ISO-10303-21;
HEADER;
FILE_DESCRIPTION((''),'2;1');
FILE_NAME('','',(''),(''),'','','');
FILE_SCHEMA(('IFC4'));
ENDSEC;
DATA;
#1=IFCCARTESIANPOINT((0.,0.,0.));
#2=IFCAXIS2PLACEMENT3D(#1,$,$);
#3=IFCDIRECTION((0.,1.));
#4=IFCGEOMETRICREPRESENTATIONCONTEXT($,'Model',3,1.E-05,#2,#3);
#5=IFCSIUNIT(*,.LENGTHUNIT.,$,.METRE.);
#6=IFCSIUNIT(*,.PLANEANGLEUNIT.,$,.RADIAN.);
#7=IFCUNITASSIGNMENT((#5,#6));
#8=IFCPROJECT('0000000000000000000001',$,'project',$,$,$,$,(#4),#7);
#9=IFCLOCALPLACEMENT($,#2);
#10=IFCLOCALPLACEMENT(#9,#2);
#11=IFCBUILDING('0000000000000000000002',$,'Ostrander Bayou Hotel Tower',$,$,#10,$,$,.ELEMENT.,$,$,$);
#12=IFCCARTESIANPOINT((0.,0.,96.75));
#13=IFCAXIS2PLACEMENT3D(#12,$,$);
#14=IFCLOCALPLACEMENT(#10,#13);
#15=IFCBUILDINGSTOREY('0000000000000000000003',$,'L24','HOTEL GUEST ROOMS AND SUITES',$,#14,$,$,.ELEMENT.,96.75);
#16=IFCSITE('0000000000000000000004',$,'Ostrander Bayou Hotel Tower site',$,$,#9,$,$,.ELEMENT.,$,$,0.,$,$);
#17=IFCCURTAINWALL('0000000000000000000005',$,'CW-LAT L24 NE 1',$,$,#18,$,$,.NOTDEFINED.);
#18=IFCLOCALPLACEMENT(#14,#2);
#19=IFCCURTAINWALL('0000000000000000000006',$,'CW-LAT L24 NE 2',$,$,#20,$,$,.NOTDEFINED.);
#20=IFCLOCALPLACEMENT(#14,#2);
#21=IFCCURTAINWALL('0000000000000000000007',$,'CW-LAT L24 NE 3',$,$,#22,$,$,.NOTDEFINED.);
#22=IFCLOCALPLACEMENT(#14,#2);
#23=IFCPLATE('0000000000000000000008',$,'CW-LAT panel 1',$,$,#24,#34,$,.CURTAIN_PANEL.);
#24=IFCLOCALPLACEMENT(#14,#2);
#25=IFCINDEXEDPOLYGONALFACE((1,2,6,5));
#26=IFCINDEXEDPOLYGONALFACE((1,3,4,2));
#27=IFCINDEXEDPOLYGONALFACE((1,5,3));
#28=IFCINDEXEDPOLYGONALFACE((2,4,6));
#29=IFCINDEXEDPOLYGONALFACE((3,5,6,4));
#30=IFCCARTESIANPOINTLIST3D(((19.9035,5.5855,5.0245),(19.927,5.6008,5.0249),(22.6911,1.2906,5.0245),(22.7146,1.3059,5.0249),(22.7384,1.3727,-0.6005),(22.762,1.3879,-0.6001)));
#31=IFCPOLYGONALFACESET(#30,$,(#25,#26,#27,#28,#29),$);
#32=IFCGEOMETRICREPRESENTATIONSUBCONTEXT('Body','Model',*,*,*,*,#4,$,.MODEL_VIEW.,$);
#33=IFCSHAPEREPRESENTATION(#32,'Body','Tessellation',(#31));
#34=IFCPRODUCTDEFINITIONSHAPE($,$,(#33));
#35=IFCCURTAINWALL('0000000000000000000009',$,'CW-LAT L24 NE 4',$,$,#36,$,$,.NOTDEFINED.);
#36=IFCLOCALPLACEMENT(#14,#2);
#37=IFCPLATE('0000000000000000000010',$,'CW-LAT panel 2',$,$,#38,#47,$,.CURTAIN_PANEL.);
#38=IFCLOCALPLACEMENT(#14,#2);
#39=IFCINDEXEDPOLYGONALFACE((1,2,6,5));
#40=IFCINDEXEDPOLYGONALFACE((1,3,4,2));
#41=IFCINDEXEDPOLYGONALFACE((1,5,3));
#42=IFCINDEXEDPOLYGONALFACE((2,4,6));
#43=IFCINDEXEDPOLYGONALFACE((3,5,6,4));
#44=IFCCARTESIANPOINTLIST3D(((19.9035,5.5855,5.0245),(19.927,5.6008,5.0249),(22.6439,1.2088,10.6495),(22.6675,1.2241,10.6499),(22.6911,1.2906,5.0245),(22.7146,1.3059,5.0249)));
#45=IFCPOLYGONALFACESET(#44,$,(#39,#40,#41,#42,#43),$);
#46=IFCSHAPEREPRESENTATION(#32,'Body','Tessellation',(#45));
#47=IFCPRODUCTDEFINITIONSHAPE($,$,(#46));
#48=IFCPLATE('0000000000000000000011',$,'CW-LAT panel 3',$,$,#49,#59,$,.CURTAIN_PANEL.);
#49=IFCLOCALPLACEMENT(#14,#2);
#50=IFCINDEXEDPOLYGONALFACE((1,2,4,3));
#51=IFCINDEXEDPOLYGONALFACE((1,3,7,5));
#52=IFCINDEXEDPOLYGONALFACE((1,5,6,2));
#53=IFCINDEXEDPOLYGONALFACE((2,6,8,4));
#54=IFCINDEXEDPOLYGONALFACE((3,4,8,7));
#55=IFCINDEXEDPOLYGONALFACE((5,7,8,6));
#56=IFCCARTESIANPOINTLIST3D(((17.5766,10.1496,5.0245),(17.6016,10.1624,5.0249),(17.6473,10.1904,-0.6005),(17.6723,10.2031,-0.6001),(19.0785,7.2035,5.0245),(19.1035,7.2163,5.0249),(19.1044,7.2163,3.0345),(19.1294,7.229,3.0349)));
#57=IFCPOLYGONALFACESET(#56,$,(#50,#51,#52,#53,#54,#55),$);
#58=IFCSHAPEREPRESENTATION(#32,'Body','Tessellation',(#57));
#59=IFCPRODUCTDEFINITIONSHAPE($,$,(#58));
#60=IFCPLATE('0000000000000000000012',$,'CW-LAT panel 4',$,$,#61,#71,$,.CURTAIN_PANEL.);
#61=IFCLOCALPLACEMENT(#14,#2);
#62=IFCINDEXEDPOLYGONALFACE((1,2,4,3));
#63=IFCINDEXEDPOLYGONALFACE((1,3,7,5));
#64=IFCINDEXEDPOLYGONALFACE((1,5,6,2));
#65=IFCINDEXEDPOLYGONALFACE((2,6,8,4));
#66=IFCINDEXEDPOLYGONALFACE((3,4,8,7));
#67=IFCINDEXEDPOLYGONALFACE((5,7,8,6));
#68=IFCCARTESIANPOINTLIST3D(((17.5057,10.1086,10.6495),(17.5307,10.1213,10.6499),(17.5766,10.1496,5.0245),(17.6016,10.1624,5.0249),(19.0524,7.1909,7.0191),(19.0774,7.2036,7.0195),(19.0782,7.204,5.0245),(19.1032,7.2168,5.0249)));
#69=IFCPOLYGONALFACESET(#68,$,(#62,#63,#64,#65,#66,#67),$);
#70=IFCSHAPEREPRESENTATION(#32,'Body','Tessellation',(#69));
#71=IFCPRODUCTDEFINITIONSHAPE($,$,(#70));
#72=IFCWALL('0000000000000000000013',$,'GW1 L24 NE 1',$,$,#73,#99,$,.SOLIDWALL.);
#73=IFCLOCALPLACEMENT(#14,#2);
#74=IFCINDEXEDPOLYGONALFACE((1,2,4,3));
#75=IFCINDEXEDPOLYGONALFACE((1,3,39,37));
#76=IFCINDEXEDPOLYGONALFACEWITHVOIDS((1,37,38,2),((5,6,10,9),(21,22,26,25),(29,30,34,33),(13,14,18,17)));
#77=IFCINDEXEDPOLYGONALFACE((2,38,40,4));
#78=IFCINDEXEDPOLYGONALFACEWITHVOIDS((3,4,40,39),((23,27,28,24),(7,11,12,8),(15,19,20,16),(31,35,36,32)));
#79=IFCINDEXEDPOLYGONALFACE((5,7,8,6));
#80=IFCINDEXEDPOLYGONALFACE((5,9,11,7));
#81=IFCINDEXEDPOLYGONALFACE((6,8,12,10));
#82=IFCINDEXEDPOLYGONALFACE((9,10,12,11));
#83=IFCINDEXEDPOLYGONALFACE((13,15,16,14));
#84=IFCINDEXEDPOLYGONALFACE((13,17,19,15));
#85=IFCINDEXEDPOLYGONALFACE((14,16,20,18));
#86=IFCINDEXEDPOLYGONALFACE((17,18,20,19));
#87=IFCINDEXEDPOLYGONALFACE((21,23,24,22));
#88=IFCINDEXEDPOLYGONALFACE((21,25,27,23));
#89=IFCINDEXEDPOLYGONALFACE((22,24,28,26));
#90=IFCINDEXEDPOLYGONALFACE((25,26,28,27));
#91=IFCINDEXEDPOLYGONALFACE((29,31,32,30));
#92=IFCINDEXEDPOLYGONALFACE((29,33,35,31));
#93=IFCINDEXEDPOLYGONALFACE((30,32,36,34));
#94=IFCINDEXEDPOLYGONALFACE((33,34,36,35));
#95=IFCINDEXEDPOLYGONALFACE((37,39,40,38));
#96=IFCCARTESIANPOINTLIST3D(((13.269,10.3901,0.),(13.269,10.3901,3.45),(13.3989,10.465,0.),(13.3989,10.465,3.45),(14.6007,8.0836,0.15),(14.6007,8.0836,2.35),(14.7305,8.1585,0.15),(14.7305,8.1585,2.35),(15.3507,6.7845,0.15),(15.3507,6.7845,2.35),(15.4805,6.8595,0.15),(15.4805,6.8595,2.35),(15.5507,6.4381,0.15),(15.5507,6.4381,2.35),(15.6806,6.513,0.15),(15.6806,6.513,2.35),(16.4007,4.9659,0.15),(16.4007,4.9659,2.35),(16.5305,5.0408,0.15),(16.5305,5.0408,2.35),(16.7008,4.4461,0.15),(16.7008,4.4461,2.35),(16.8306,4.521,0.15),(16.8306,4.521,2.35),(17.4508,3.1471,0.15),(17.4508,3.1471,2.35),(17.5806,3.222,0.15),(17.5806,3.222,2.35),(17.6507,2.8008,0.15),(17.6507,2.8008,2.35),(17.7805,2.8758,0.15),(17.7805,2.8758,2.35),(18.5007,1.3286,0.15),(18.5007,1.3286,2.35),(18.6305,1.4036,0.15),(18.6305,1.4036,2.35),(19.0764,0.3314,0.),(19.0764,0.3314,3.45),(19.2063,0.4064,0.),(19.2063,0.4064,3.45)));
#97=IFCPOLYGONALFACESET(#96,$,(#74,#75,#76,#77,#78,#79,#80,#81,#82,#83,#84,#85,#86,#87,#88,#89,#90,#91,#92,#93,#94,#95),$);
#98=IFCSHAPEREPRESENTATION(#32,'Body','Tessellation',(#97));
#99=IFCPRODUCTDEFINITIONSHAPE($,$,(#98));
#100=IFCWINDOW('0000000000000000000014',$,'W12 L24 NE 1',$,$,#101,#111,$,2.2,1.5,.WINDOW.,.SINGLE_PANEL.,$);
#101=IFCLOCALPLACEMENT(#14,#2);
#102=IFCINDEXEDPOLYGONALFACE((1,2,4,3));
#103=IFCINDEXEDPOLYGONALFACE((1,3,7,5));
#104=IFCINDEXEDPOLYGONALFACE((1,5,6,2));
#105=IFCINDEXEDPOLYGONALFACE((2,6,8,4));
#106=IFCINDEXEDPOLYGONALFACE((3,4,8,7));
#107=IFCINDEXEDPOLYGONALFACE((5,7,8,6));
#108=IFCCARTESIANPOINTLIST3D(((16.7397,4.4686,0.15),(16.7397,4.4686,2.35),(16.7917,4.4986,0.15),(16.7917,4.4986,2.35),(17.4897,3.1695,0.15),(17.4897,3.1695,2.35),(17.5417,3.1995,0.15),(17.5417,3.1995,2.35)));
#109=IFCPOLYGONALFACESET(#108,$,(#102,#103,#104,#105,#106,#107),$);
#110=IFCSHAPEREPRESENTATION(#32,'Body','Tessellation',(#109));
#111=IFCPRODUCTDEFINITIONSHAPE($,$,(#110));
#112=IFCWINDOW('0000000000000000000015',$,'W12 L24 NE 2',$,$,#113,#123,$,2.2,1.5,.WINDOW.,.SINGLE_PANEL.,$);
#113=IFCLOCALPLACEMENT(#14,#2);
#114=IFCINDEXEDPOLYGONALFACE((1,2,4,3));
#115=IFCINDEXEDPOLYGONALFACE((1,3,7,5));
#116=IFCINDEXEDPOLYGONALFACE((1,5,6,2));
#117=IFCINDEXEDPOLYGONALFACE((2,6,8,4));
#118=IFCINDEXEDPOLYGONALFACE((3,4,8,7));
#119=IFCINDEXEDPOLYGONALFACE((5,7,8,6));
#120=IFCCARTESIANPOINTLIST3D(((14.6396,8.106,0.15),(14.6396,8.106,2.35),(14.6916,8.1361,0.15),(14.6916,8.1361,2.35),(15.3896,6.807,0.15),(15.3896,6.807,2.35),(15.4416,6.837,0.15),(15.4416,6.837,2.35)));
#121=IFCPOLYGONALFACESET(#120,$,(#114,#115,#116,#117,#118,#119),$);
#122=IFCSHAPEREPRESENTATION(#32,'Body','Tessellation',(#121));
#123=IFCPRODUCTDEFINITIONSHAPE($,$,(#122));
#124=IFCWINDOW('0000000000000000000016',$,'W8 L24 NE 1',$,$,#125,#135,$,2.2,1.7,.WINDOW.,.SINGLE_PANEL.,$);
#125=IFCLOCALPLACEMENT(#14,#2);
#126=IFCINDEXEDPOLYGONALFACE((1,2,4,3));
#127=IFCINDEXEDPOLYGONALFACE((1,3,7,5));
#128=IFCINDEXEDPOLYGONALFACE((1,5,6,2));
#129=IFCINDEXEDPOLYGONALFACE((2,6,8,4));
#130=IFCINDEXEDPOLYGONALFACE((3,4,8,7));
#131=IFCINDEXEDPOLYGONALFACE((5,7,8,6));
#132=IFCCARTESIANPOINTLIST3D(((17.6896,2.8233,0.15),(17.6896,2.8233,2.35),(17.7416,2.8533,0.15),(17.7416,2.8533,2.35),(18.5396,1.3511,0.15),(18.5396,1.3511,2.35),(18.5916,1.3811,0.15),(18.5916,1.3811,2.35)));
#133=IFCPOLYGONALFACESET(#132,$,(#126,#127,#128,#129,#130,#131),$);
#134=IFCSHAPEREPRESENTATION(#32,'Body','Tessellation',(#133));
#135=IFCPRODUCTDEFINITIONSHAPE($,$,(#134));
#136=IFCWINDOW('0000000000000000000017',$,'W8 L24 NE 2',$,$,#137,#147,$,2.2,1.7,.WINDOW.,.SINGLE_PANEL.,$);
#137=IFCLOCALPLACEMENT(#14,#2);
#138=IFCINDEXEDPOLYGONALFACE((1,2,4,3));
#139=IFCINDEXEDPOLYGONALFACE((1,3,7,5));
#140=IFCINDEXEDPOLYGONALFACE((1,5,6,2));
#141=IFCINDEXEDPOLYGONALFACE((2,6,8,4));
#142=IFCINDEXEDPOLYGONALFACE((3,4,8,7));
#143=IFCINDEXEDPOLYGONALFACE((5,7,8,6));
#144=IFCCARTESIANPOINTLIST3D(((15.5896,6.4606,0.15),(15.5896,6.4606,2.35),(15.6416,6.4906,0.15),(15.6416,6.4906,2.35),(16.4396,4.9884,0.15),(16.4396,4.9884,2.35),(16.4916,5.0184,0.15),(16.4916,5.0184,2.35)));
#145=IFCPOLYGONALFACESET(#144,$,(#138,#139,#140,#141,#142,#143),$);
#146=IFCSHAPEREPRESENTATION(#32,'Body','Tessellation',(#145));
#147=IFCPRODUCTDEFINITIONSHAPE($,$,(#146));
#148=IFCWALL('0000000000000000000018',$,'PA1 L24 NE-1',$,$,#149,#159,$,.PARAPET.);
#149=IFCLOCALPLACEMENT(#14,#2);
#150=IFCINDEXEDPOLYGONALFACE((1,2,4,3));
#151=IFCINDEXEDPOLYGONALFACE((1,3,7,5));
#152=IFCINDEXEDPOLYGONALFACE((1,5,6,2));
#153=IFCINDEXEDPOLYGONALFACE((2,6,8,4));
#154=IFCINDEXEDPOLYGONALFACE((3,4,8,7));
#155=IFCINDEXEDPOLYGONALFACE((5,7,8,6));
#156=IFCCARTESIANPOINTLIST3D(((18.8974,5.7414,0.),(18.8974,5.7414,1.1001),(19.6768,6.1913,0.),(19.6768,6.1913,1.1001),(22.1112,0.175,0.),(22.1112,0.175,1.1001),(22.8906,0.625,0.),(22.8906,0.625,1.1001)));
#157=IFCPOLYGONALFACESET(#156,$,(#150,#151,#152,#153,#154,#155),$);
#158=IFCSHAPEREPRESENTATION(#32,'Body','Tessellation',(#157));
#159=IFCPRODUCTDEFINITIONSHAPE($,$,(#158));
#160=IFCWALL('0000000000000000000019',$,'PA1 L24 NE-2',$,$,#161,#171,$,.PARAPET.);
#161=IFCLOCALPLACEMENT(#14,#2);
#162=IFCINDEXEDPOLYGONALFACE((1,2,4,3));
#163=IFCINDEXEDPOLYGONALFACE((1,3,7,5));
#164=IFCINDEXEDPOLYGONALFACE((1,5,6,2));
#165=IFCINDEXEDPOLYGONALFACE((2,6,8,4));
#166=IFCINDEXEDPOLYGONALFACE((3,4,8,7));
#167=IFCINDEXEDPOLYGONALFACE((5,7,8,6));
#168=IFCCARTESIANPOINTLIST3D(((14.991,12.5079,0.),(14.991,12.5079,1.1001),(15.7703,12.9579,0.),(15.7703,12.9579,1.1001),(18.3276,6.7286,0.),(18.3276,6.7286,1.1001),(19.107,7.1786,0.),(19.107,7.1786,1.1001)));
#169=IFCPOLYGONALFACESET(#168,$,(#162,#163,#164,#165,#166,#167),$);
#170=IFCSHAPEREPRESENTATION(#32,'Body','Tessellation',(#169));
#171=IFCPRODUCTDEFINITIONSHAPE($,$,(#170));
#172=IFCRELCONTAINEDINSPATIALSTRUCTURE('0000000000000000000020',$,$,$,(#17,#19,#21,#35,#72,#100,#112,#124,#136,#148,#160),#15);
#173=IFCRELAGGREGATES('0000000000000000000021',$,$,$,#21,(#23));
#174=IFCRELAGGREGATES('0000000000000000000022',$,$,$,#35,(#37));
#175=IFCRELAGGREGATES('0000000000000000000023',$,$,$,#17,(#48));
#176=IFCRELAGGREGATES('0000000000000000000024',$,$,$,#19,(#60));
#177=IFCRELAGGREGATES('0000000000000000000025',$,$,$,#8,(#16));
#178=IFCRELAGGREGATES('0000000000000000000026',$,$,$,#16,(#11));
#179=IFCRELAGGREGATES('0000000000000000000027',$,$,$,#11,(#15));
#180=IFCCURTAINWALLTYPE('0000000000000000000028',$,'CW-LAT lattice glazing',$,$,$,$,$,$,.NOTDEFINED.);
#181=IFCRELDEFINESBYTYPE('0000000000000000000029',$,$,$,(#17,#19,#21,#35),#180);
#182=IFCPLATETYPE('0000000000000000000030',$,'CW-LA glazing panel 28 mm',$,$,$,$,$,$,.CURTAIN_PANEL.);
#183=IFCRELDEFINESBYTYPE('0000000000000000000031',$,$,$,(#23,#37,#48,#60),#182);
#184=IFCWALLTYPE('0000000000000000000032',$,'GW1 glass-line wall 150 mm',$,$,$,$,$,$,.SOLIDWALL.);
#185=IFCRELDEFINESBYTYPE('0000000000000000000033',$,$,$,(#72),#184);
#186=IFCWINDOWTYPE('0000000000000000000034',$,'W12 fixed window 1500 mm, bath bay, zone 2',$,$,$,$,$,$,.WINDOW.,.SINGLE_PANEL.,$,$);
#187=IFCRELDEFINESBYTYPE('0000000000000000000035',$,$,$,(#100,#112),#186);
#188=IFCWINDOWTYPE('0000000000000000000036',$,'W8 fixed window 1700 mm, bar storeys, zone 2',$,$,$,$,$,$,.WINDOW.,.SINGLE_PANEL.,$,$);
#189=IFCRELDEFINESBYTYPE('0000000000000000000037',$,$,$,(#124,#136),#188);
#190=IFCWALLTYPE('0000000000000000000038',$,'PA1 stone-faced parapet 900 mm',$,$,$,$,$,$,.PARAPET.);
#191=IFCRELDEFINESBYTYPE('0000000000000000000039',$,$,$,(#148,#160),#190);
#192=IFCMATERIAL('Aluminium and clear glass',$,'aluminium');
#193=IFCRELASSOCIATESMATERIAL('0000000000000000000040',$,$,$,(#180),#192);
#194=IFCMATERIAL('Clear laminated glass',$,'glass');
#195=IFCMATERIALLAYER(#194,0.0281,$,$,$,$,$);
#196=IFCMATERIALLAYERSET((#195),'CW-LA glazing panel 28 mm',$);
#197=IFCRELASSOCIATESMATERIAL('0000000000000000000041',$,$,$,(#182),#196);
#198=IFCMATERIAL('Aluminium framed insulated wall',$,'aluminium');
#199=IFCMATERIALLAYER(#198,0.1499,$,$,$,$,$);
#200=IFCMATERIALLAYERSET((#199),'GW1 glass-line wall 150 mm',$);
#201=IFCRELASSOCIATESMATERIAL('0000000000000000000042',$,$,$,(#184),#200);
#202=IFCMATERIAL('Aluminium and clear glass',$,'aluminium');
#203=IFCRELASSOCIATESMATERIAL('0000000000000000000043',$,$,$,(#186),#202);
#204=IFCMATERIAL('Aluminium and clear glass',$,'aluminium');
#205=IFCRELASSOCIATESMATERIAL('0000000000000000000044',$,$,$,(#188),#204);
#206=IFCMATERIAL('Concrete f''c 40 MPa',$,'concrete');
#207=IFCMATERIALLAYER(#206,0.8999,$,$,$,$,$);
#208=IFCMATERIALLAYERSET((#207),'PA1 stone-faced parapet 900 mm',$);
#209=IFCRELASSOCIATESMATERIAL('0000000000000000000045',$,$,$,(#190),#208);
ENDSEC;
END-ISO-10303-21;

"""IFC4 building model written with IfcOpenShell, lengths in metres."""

from ifc_helpers import new_model, si_unit, direction, frame, frame_2d, origin, place, context, subcontext, project, spatial, polyline, rectangle, outline, extrude, material, layer, layer_set, type_object, element, fill, aggregate, save


model = new_model("IFC4")

# Units and contexts
model_context = context("Model", 3, precision=1e-05, world=origin(), true_north=direction((0.0, 1.0)))
body_context = subcontext(model_context, "Body", "Model", "MODEL_VIEW")
ifc_project = project(units=[si_unit("LENGTHUNIT", "METRE"), si_unit("PLANEANGLEUNIT", "RADIAN")], contexts=[model_context])

# Site, building, storey
site_placement = place(None, origin())
site = spatial("IfcSite", under=ifc_project, at=site_placement, Name="Ostrander Bayou Hotel Tower site", CompositionType="ELEMENT", RefElevation=0.0)
building_placement = place(site_placement, origin())
building = spatial("IfcBuilding", under=site, at=building_placement, Name="Ostrander Bayou Hotel Tower", CompositionType="ELEMENT")
storey_placement = place(building_placement, frame((0.0, 0.0, 96.75)))
storey = spatial("IfcBuildingStorey", under=building, at=storey_placement, Name="L24", Description="HOTEL GUEST ROOMS AND SUITES", CompositionType="ELEMENT", Elevation=96.75)

# Curtain wall
ifc_material_1 = material(Name="Aluminium and clear glass", Category="aluminium")
curtain_wall_type = type_object("IfcCurtainWallType", Name="CW-LAT lattice glazing", PredefinedType="NOTDEFINED", material=ifc_material_1)
curtain_wall_1_placement = place(storey_placement, origin())
curtain_wall_1 = element("IfcCurtainWall", 1, at=curtain_wall_1_placement, inside=storey, type_object=curtain_wall_type, Name="CW-LAT L24 NE 1", PredefinedType="NOTDEFINED")

# Curtain wall
curtain_wall_2_placement = place(storey_placement, origin())
curtain_wall_2 = element("IfcCurtainWall", 2, at=curtain_wall_2_placement, inside=storey, type_object=curtain_wall_type, Name="CW-LAT L24 NE 2", PredefinedType="NOTDEFINED")

# Curtain walls, plates
curtain_wall_3_placement = place(storey_placement, origin())
curtain_wall_3 = element("IfcCurtainWall", 3, at=curtain_wall_3_placement, inside=storey, type_object=curtain_wall_type, Name="CW-LAT L24 NE 3", PredefinedType="NOTDEFINED")
ifc_material_2 = material(Name="Clear laminated glass", Category="glass")
ifc_layer_1 = layer(ifc_material_2, 0.0281)
ifc_layer_set_1 = layer_set([ifc_layer_1], Name="CW-LA glazing panel 28 mm")
plate_type = type_object("IfcPlateType", Name="CW-LA glazing panel 28 mm", PredefinedType="CURTAIN_PANEL", material=ifc_layer_set_1)
plate_1_placement = place(storey_placement, frame((19.927, 5.6008, 5.0249), z_axis=(0.838715, 0.544364, 0.015001), x_axis=(0.374104, -0.555937, -0.74228)))
plate_1 = element("IfcPlate", 4, at=plate_1_placement, type_object=plate_type, Name="CW-LAT panel 1", PredefinedType="CURTAIN_PANEL", context=body_context, shape_type="SweptSolid", body=[
    extrude(outline(polyline([(0.0, 0.0), (7.578, 0.0), (3.4306, -3.8011), (0.0, 0.0)])), origin(), (0.0, 0.0, -1.0), 0.0281),
])
aggregate(curtain_wall_3, [plate_1])
curtain_wall_4_placement = place(storey_placement, origin())
curtain_wall_4 = element("IfcCurtainWall", 5, at=curtain_wall_4_placement, inside=storey, type_object=curtain_wall_type, Name="CW-LAT L24 NE 4", PredefinedType="NOTDEFINED")
plate_2_placement = place(storey_placement, frame((19.927, 5.6008, 5.0249), z_axis=(0.838716, 0.544364, 0.014941), x_axis=(0.358896, -0.573178, 0.736655)))
plate_2 = element("IfcPlate", 6, at=plate_2_placement, type_object=plate_type, Name="CW-LAT panel 2", PredefinedType="CURTAIN_PANEL", context=body_context, shape_type="SweptSolid", body=[
    extrude(outline(polyline([(0.0, 0.0), (7.6359, 0.0), (3.4622, 3.7723), (0.0, 0.0)])), origin(), (0.0, 0.0, -1.0), 0.0281),
])
aggregate(curtain_wall_4, [plate_2])

# Plates
plate_3_placement = place(storey_placement, frame((19.1294, 7.229, 3.0349), z_axis=(0.890811, 0.454142, 0.014498), x_axis=(-0.296302, 0.604803, -0.739201)))
plate_3 = element("IfcPlate", 7, at=plate_3_placement, type_object=plate_type, Name="CW-LAT panel 3", PredefinedType="CURTAIN_PANEL", context=body_context, shape_type="SweptSolid", body=[
    extrude(outline(polyline([(0.0, 0.0), (4.9175, 0.0), (0.7558, 3.7852), (-1.471, 1.3405), (0.0, 0.0)])), origin(), (0.0, 0.0, -1.0), 0.0281),
])
aggregate(curtain_wall_1, [plate_3])
plate_4_placement = place(storey_placement, frame((19.0774, 7.2036, 7.0195), z_axis=(0.890813, 0.454138, 0.014533), x_axis=(-0.315158, 0.594524, 0.739741)))
plate_4 = element("IfcPlate", 8, at=plate_4_placement, type_object=plate_type, Name="CW-LAT panel 4", PredefinedType="CURTAIN_PANEL", context=body_context, shape_type="SweptSolid", body=[
    extrude(outline(polyline([(0.0, 0.0), (4.9076, 0.0), (0.7487, -3.7882), (-1.4758, -1.3421), (0.0, 0.0)])), origin(), (0.0, 0.0, -1.0), 0.0281),
])
aggregate(curtain_wall_2, [plate_4])

# Wall, openings, windows
ifc_material_3 = material(Name="Aluminium framed insulated wall", Category="aluminium")
ifc_layer_2 = layer(ifc_material_3, 0.1499)
ifc_layer_set_2 = layer_set([ifc_layer_2], Name="GW1 glass-line wall 150 mm")
wall_type_1 = type_object("IfcWallType", Name="GW1 glass-line wall 150 mm", PredefinedType="SOLIDWALL", material=ifc_layer_set_2)
wall_1_placement = place(storey_placement, frame((19.1414, 0.3689, 0.0), z_axis=(0.0, 0.0, 1.0), x_axis=(-0.500003, 0.866024, 0.0)))
wall_1 = element("IfcWall", 9, at=wall_1_placement, inside=storey, type_object=wall_type_1, Name="GW1 L24 NE 1", PredefinedType="SOLIDWALL", context=body_context, shape_type="SweptSolid", body=[
    extrude(rectangle(XDim=11.6147, YDim=0.1499, at=frame_2d((5.8074, 0.0))), origin(), (0.0, 0.0, 1.0), 3.45),
])
opening_1_placement = place(wall_1_placement, frame((1.1514, 0.0, 0.1499)))
opening_1 = element("IfcOpeningElement", 10, at=opening_1_placement, cuts=wall_1, PredefinedType="OPENING", context=body_context, shape_type="SweptSolid", body=[
    extrude(rectangle(XDim=1.7, YDim=2.2, at=frame_2d((0.8501, 1.1001))), frame((0.0, 0.075, 0.0), z_axis=(0.0, -1.0, 0.0), x_axis=(1.0, 0.0, 0.0)), (0.0, 0.0, 1.0), 0.1499),
])
opening_2_placement = place(wall_1_placement, frame((3.2512, 0.0, 0.1499)))
opening_2 = element("IfcOpeningElement", 11, at=opening_2_placement, cuts=wall_1, PredefinedType="OPENING", context=body_context, shape_type="SweptSolid", body=[
    extrude(rectangle(XDim=1.5, YDim=2.2, at=frame_2d((0.75, 1.1001))), frame((0.0, 0.075, 0.0), z_axis=(0.0, -1.0, 0.0), x_axis=(1.0, 0.0, 0.0)), (0.0, 0.0, 1.0), 0.1499),
])
opening_3_placement = place(wall_1_placement, frame((5.3513, 0.0, 0.1499)))
opening_3 = element("IfcOpeningElement", 12, at=opening_3_placement, cuts=wall_1, PredefinedType="OPENING", context=body_context, shape_type="SweptSolid", body=[
    extrude(rectangle(XDim=1.7, YDim=2.2, at=frame_2d((0.8501, 1.1001))), frame((0.0, 0.075, 0.0), z_axis=(0.0, -1.0, 0.0), x_axis=(1.0, 0.0, 0.0)), (0.0, 0.0, 1.0), 0.1499),
])
opening_4_placement = place(wall_1_placement, frame((7.4514, 0.0, 0.1499)))
opening_4 = element("IfcOpeningElement", 13, at=opening_4_placement, cuts=wall_1, PredefinedType="OPENING", context=body_context, shape_type="SweptSolid", body=[
    extrude(rectangle(XDim=1.5, YDim=2.2, at=frame_2d((0.75, 1.1001))), frame((0.0, 0.075, 0.0), z_axis=(0.0, -1.0, 0.0), x_axis=(1.0, 0.0, 0.0)), (0.0, 0.0, 1.0), 0.1499),
])
ifc_material_4 = material(Name="Aluminium and clear glass", Category="aluminium")
window_type_1 = type_object("IfcWindowType", Name="W12 fixed window 1500 mm, bath bay, zone 2", PartitioningType="SINGLE_PANEL", PredefinedType="WINDOW", material=ifc_material_4)
window_1_placement = place(opening_2_placement, origin())
window_1 = element("IfcWindow", 14, at=window_1_placement, inside=storey, type_object=window_type_1, Name="W12 L24 NE 1", OverallHeight=2.2, OverallWidth=1.5, PartitioningType="SINGLE_PANEL", PredefinedType="WINDOW", context=body_context, shape_type="SweptSolid", body=[
    extrude(rectangle(XDim=1.5, YDim=2.2, at=frame_2d((0.75, 1.1001))), frame((0.0, 0.03, 0.0), z_axis=(0.0, -1.0, 0.0), x_axis=(1.0, 0.0, 0.0)), (0.0, 0.0, 1.0), 0.0601),
])
fill(opening_2, window_1)
window_2_placement = place(opening_4_placement, origin())
window_2 = element("IfcWindow", 15, at=window_2_placement, inside=storey, type_object=window_type_1, Name="W12 L24 NE 2", OverallHeight=2.2, OverallWidth=1.5, PartitioningType="SINGLE_PANEL", PredefinedType="WINDOW", context=body_context, shape_type="SweptSolid", body=[
    extrude(rectangle(XDim=1.5, YDim=2.2, at=frame_2d((0.75, 1.1001))), frame((0.0, 0.03, 0.0), z_axis=(0.0, -1.0, 0.0), x_axis=(1.0, 0.0, 0.0)), (0.0, 0.0, 1.0), 0.0601),
])
fill(opening_4, window_2)
ifc_material_5 = material(Name="Aluminium and clear glass", Category="aluminium")
window_type_2 = type_object("IfcWindowType", Name="W8 fixed window 1700 mm, bar storeys, zone 2", PartitioningType="SINGLE_PANEL", PredefinedType="WINDOW", material=ifc_material_5)
window_3_placement = place(opening_1_placement, origin())
window_3 = element("IfcWindow", 16, at=window_3_placement, inside=storey, type_object=window_type_2, Name="W8 L24 NE 1", OverallHeight=2.2, OverallWidth=1.7, PartitioningType="SINGLE_PANEL", PredefinedType="WINDOW", context=body_context, shape_type="SweptSolid", body=[
    extrude(rectangle(XDim=1.7, YDim=2.2, at=frame_2d((0.8501, 1.1001))), frame((0.0, 0.03, 0.0), z_axis=(0.0, -1.0, 0.0), x_axis=(1.0, 0.0, 0.0)), (0.0, 0.0, 1.0), 0.0601),
])
fill(opening_1, window_3)
window_4_placement = place(opening_3_placement, origin())
window_4 = element("IfcWindow", 17, at=window_4_placement, inside=storey, type_object=window_type_2, Name="W8 L24 NE 2", OverallHeight=2.2, OverallWidth=1.7, PartitioningType="SINGLE_PANEL", PredefinedType="WINDOW", context=body_context, shape_type="SweptSolid", body=[
    extrude(rectangle(XDim=1.7, YDim=2.2, at=frame_2d((0.8501, 1.1001))), frame((0.0, 0.03, 0.0), z_axis=(0.0, -1.0, 0.0), x_axis=(1.0, 0.0, 0.0)), (0.0, 0.0, 1.0), 0.0601),
])
fill(opening_3, window_4)

# Walls
ifc_material_6 = material(Name="Concrete f'c 40 MPa", Category="concrete")
ifc_layer_3 = layer(ifc_material_6, 0.8999)
ifc_layer_set_3 = layer_set([ifc_layer_3], Name="PA1 stone-faced parapet 900 mm")
wall_type_2 = type_object("IfcWallType", Name="PA1 stone-faced parapet 900 mm", PredefinedType="PARAPET", material=ifc_layer_set_3)
wall_2_placement = place(storey_placement, frame((22.501, 0.3999, 0.0), z_axis=(0.0, 0.0, 1.0), x_axis=(-0.500012, 0.866019, 0.0)))
element("IfcWall", 18, at=wall_2_placement, inside=storey, type_object=wall_type_2, Name="PA1 L24 NE-1", PredefinedType="PARAPET", context=body_context, shape_type="SweptSolid", body=[
    extrude(rectangle(XDim=6.4275, YDim=0.8999, at=frame_2d((3.2139, 0.0))), origin(), (0.0, 0.0, 1.0), 1.1001),
])
wall_3_placement = place(storey_placement, frame((18.7173, 6.9536, 0.0), z_axis=(0.0, 0.0, 1.0), x_axis=(-0.499999, 0.866026, 0.0)))
element("IfcWall", 19, at=wall_3_placement, inside=storey, type_object=wall_type_2, Name="PA1 L24 NE-2", PredefinedType="PARAPET", context=body_context, shape_type="SweptSolid", body=[
    extrude(rectangle(XDim=6.6733, YDim=0.8999, at=frame_2d((3.3367, 0.0))), origin(), (0.0, 0.0, 1.0), 1.1001),
])

save(model, "model.ifc")
